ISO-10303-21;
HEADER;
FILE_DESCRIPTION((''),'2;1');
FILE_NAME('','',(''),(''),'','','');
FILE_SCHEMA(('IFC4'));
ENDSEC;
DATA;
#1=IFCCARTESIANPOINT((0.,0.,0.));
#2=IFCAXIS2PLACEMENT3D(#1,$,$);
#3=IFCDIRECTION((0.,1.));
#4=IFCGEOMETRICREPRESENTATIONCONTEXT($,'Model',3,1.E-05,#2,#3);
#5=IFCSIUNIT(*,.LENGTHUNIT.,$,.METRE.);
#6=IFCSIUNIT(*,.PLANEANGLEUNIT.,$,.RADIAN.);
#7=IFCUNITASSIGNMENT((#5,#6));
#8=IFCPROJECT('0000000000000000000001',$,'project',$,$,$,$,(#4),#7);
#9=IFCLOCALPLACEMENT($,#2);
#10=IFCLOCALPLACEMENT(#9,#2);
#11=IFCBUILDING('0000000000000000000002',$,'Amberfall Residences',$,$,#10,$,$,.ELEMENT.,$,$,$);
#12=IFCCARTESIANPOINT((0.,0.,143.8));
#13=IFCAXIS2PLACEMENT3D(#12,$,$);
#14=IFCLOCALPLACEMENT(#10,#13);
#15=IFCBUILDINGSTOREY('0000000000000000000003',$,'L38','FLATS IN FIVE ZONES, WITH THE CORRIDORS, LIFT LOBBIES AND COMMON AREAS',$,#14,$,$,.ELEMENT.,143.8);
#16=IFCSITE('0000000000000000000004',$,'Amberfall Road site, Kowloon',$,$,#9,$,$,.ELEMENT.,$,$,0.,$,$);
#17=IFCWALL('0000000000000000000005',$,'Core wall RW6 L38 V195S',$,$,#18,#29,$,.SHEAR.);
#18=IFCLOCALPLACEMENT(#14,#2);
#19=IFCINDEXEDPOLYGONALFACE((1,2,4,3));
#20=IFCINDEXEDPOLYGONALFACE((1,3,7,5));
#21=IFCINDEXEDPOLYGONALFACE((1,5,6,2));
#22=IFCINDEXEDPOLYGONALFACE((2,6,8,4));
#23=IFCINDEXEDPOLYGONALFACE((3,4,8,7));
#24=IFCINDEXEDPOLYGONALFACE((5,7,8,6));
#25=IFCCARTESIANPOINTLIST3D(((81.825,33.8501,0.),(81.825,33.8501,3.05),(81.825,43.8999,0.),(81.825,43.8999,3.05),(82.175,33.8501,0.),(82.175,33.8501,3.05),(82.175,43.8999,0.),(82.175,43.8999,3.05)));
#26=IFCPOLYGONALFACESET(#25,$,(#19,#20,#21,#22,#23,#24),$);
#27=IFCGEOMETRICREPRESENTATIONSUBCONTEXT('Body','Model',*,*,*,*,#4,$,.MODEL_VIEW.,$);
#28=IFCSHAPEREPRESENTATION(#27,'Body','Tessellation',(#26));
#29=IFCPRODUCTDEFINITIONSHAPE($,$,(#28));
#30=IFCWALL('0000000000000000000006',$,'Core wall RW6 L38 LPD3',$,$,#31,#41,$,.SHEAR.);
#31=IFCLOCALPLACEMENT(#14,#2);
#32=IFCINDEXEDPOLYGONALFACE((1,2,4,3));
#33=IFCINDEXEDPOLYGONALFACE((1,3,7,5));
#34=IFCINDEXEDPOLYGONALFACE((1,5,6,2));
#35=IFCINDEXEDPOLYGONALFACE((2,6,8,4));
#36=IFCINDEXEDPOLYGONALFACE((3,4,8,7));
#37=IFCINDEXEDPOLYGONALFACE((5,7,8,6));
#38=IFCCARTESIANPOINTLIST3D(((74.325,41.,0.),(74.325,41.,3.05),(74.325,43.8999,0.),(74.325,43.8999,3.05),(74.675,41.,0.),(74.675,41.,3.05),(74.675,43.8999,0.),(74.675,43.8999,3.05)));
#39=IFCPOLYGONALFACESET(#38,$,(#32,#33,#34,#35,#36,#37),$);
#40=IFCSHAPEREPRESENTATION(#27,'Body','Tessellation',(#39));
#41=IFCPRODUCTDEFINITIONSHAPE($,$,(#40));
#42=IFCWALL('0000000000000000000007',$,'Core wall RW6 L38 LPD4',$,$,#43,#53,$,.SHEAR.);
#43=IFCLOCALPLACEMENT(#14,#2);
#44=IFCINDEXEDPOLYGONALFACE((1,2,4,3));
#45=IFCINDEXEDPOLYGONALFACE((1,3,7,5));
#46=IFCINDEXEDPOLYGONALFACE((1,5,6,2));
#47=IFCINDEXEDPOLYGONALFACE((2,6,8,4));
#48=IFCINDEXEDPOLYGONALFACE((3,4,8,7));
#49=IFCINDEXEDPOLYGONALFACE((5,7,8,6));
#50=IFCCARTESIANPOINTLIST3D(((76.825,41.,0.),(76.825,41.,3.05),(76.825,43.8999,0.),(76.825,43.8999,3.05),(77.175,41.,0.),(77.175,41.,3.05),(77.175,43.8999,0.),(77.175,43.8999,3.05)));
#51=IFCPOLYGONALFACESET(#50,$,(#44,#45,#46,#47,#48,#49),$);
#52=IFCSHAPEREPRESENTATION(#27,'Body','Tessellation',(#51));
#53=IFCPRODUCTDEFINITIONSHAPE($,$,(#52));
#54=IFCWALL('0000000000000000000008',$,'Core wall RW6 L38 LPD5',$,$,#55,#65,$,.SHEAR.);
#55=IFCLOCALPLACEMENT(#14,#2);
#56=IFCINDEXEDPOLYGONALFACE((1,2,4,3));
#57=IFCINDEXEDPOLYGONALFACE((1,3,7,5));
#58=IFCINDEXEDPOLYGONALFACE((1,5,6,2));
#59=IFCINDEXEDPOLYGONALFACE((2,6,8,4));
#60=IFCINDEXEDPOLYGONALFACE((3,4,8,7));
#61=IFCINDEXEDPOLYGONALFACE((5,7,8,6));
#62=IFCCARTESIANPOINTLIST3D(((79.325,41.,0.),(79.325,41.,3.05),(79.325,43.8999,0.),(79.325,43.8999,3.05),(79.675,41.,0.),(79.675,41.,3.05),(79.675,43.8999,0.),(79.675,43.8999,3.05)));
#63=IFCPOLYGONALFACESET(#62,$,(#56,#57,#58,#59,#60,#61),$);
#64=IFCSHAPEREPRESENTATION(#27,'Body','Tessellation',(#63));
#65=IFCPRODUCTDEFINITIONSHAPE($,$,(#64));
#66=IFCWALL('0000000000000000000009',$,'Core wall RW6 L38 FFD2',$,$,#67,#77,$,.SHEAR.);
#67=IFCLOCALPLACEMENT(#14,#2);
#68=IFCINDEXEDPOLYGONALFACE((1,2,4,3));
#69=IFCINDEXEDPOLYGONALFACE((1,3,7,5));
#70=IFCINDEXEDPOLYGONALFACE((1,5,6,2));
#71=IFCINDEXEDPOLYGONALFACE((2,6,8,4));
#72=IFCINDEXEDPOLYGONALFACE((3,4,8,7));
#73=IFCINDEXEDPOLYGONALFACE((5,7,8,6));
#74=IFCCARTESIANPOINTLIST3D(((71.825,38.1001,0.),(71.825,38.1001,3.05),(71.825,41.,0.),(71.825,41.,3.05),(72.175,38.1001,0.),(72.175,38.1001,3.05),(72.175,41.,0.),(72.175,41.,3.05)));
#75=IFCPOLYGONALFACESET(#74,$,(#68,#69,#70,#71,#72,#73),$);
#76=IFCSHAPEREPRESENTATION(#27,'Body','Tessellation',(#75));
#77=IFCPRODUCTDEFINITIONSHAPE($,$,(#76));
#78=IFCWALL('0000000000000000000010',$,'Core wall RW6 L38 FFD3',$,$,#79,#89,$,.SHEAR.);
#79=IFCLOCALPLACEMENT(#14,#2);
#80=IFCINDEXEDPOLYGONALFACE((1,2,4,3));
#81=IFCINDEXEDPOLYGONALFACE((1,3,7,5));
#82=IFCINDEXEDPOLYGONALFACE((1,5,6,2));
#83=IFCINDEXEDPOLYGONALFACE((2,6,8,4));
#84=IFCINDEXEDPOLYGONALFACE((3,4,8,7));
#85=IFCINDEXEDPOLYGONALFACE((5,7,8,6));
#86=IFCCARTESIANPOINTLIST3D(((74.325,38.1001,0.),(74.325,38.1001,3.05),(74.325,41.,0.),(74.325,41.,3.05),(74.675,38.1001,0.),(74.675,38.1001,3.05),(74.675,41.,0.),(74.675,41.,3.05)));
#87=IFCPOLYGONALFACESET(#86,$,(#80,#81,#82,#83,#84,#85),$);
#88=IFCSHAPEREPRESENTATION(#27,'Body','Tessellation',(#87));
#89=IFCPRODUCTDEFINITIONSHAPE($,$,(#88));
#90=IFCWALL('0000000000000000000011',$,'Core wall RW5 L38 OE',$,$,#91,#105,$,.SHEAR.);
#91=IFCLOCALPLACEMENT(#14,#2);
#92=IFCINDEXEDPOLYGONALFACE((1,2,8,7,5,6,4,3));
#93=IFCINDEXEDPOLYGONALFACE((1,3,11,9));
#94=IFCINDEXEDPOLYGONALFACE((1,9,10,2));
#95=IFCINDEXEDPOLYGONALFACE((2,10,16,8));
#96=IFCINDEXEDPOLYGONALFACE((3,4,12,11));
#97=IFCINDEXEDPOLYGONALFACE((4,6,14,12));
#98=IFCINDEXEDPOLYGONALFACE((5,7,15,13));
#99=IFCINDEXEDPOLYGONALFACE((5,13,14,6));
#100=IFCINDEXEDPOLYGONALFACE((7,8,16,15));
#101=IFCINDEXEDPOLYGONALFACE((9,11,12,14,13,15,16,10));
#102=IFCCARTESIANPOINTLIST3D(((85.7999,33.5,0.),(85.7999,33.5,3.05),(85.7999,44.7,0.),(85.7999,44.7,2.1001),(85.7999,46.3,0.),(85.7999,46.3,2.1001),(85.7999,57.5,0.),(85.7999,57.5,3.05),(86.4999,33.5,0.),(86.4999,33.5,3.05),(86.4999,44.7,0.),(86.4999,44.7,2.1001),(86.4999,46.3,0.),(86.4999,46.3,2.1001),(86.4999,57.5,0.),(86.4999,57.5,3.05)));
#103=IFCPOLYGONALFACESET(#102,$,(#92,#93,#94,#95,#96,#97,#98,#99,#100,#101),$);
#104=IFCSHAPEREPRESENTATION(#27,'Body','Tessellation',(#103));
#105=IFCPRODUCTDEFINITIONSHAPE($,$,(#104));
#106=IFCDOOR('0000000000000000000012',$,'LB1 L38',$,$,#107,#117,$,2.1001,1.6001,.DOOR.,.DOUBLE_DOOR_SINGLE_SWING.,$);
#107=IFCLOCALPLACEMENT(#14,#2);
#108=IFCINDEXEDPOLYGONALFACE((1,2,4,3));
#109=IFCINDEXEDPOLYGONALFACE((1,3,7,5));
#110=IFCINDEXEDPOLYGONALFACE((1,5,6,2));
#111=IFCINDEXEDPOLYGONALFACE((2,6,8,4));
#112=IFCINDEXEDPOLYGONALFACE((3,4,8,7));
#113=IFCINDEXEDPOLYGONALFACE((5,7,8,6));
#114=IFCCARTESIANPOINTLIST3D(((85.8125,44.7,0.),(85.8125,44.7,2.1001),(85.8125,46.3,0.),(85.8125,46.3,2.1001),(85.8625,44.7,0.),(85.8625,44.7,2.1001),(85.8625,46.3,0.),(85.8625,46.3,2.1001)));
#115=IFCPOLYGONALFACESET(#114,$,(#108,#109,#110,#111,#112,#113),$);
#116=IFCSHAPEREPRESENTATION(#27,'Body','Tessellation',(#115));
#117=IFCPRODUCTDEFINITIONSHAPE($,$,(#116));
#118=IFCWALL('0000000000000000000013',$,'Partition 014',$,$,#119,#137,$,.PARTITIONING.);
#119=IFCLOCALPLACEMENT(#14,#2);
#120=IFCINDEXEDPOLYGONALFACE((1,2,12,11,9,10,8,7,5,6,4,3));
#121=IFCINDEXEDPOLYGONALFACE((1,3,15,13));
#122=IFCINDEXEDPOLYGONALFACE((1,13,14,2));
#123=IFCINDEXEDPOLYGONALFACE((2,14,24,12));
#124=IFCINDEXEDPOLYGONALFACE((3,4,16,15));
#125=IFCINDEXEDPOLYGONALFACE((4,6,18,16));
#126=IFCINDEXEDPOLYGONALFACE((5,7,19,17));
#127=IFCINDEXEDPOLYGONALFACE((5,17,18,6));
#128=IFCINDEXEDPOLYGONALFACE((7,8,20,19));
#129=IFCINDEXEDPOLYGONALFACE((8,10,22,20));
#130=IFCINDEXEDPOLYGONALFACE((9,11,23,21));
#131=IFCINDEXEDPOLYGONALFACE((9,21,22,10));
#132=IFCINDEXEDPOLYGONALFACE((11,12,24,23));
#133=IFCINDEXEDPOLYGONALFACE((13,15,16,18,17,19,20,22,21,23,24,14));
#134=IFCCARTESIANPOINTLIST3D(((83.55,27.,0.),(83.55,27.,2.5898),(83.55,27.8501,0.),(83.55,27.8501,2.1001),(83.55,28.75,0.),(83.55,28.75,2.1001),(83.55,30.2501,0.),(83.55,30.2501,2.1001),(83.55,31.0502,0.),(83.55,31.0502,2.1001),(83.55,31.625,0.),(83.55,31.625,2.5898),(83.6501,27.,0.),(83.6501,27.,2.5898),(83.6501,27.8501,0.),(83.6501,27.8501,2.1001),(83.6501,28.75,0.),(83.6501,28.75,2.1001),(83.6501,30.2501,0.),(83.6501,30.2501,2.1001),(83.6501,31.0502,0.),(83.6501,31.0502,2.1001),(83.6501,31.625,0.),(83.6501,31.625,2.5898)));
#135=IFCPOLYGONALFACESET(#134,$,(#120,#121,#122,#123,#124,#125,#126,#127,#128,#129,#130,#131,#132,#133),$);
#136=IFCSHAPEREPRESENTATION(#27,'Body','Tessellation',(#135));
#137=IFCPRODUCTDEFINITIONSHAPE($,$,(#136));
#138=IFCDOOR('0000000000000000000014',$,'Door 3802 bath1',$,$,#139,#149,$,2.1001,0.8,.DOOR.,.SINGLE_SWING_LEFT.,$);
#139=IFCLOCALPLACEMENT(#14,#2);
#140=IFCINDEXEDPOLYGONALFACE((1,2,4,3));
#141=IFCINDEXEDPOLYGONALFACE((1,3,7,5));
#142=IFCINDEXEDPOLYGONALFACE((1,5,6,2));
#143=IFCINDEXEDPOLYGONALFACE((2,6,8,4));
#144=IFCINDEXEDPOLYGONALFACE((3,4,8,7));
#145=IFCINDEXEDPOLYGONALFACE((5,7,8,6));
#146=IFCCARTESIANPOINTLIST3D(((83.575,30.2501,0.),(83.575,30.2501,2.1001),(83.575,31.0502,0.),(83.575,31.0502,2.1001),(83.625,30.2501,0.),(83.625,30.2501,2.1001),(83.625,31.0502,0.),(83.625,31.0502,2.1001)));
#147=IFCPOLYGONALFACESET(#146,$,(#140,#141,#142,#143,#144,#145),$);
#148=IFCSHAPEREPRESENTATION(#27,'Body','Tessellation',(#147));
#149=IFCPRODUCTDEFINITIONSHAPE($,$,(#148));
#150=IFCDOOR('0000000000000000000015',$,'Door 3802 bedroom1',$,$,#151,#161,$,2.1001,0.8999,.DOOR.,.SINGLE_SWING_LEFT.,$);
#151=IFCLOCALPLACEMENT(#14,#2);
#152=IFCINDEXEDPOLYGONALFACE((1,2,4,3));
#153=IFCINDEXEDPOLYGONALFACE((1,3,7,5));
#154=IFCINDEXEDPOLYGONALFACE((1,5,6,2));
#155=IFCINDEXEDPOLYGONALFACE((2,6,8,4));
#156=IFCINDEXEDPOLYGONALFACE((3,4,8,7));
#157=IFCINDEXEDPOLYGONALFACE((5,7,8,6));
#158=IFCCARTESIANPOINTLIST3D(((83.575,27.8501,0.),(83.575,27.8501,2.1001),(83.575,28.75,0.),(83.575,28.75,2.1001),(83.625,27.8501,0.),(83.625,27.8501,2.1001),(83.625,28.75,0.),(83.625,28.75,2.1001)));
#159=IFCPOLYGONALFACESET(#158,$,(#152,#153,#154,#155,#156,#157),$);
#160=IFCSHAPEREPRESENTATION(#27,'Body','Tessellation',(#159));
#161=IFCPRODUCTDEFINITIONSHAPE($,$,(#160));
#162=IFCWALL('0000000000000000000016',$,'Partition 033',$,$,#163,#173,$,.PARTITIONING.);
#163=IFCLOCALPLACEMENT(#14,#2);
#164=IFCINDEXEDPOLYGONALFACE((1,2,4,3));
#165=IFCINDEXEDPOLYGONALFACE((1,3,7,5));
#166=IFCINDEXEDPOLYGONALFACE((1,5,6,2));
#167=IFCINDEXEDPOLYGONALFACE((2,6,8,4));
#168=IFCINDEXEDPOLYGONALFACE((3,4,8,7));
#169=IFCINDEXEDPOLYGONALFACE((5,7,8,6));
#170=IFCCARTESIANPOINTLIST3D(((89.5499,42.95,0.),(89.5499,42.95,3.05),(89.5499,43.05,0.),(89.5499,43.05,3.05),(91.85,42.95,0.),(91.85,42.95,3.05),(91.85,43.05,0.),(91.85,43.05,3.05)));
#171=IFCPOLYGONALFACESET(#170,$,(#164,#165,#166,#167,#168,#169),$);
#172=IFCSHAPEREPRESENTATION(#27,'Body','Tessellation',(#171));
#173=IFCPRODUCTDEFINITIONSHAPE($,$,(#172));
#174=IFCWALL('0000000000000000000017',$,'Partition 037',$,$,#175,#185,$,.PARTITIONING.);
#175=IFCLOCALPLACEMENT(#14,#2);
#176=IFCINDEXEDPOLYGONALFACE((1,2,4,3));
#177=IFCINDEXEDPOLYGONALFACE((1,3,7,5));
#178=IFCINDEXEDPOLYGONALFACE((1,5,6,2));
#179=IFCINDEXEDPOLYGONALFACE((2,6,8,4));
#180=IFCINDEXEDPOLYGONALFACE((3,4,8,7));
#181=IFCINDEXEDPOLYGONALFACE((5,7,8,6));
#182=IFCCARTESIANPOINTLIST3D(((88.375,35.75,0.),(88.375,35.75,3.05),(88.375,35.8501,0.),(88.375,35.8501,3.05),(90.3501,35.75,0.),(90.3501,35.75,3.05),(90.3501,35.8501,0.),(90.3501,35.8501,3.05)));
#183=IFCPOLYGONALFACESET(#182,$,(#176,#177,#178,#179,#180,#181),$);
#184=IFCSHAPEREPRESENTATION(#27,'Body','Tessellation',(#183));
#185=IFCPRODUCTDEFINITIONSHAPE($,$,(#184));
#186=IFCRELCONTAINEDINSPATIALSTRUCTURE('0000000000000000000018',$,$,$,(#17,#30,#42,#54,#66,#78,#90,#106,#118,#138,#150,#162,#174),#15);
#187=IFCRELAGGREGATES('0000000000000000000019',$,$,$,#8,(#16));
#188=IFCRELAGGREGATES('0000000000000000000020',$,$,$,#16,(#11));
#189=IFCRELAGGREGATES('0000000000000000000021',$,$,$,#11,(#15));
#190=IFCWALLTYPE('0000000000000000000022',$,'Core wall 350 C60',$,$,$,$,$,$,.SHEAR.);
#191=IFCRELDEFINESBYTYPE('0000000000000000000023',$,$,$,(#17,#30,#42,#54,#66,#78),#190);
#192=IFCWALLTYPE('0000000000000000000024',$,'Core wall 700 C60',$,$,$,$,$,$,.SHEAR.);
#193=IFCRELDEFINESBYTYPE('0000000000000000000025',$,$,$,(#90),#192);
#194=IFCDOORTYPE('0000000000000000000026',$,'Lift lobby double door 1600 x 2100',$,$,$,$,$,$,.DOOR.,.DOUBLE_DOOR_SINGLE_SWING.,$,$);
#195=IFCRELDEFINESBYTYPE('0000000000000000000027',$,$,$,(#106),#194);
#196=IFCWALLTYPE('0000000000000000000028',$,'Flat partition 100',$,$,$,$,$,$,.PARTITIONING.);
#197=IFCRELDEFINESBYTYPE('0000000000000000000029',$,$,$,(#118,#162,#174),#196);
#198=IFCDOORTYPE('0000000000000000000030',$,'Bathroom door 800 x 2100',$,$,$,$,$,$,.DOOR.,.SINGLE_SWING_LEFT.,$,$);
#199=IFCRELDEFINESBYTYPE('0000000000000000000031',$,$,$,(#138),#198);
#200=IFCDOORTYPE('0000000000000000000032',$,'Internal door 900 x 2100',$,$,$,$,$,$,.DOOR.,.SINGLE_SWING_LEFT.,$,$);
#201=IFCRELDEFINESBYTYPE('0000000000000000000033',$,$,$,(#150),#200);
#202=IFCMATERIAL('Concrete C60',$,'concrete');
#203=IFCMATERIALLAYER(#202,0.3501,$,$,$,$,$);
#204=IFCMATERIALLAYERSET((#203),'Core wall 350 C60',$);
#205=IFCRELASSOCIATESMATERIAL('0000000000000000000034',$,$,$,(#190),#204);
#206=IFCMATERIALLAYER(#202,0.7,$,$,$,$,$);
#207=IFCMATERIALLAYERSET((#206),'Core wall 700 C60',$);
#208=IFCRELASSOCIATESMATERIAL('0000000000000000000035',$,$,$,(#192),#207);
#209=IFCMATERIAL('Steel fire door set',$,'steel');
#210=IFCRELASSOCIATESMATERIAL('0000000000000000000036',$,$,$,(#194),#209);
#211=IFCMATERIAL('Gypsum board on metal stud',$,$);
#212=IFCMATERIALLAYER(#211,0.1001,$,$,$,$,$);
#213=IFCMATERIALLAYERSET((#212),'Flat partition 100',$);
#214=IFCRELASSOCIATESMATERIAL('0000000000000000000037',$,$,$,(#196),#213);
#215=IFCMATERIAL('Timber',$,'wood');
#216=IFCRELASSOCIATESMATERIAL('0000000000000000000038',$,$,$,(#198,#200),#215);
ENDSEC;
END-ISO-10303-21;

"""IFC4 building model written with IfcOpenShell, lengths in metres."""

from ifc_helpers import new_model, si_unit, direction, frame, frame_2d, origin, place, context, subcontext, project, spatial, rectangle, extrude, material, layer, layer_set, type_object, element, fill, save


model = new_model("IFC4")

# Units and contexts
model_context = context("Model", 3, precision=1e-05, world=origin(), true_north=direction((0.0, 1.0)))
body_context = subcontext(model_context, "Body", "Model", "MODEL_VIEW")
ifc_project = project(units=[si_unit("LENGTHUNIT", "METRE"), si_unit("PLANEANGLEUNIT", "RADIAN")], contexts=[model_context])

# Site, building, storey
site_placement = place(None, origin())
site = spatial("IfcSite", under=ifc_project, at=site_placement, Name="Amberfall Road site, Kowloon", CompositionType="ELEMENT", RefElevation=0.0)
building_placement = place(site_placement, origin())
building = spatial("IfcBuilding", under=site, at=building_placement, Name="Amberfall Residences", CompositionType="ELEMENT")
storey_placement = place(building_placement, frame((0.0, 0.0, 143.8)))
storey = spatial("IfcBuildingStorey", under=building, at=storey_placement, Name="L38", Description="FLATS IN FIVE ZONES, WITH THE CORRIDORS, LIFT LOBBIES AND COMMON AREAS", CompositionType="ELEMENT", Elevation=143.8)

# Walls
ifc_material_1 = material(Name="Concrete C60", Category="concrete")
ifc_layer_1 = layer(ifc_material_1, 0.3501)
ifc_layer_set_1 = layer_set([ifc_layer_1], Name="Core wall 350 C60")
wall_type_1 = type_object("IfcWallType", Name="Core wall 350 C60", PredefinedType="SHEAR", material=ifc_layer_set_1)
wall_1_placement = place(storey_placement, frame((82.0, 33.8501, 0.0), z_axis=(0.0, 0.0, 1.0), x_axis=(0.0, 1.0, 0.0)))
element("IfcWall", 1, at=wall_1_placement, inside=storey, type_object=wall_type_1, Name="Core wall RW6 L38 V195S", PredefinedType="SHEAR", context=body_context, shape_type="SweptSolid", body=[
    extrude(rectangle(XDim=10.0498, YDim=0.3501, at=frame_2d((5.0249, 0.0))), origin(), (0.0, 0.0, 1.0), 3.05),
])
for number, where, z_axis, x_axis, name in (
    (2, (74.5, 41.0, 0.0), (0.0, 0.0, 1.0), (0.0, 1.0, 0.0), "Core wall RW6 L38 LPD3"),
    (3, (77.0, 41.0, 0.0), (0.0, 0.0, 1.0), (0.0, 1.0, 0.0), "Core wall RW6 L38 LPD4"),
    (4, (79.5, 41.0, 0.0), (0.0, 0.0, 1.0), (0.0, 1.0, 0.0), "Core wall RW6 L38 LPD5"),
    (5, (72.0, 38.1001, 0.0), (0.0, 0.0, 1.0), (0.0, 1.0, 0.0), "Core wall RW6 L38 FFD2"),
    (6, (74.5, 38.1001, 0.0), (0.0, 0.0, 1.0), (0.0, 1.0, 0.0), "Core wall RW6 L38 FFD3"),
):
    element("IfcWall", number, at=place(storey_placement, frame(where, z_axis=z_axis, x_axis=x_axis)), inside=storey, type_object=wall_type_1, Name=name, PredefinedType="SHEAR", context=body_context, shape_type="SweptSolid", body=[
        extrude(rectangle(XDim=2.8999, YDim=0.3501, at=frame_2d((1.45, 0.0))), origin(), (0.0, 0.0, 1.0), 3.05),
    ])

# Wall, opening, door
ifc_layer_2 = layer(ifc_material_1, 0.7)
ifc_layer_set_2 = layer_set([ifc_layer_2], Name="Core wall 700 C60")
wall_type_2 = type_object("IfcWallType", Name="Core wall 700 C60", PredefinedType="SHEAR", material=ifc_layer_set_2)
wall_2_placement = place(storey_placement, frame((86.1499, 33.5, 0.0), z_axis=(0.0, 0.0, 1.0), x_axis=(0.0, 1.0, 0.0)))
wall_2 = element("IfcWall", 7, at=wall_2_placement, inside=storey, type_object=wall_type_2, Name="Core wall RW5 L38 OE", PredefinedType="SHEAR", context=body_context, shape_type="SweptSolid", body=[
    extrude(rectangle(XDim=24.0, YDim=0.7, at=frame_2d((12.0, 0.0))), origin(), (0.0, 0.0, 1.0), 3.05),
])
opening_1_placement = place(wall_2_placement, frame((11.2, 0.0, 0.0)))
opening_1 = element("IfcOpeningElement", 8, at=opening_1_placement, cuts=wall_2, PredefinedType="OPENING", context=body_context, shape_type="SweptSolid", body=[
    extrude(rectangle(XDim=1.6001, YDim=2.1001, at=frame_2d((0.8, 1.05))), frame((0.0, 0.3599, 0.0), z_axis=(0.0, -1.0, 0.0), x_axis=(1.0, 0.0, 0.0)), (0.0, 0.0, 1.0), 0.72),
])
ifc_material_2 = material(Name="Steel fire door set", Category="steel")
door_type_1 = type_object("IfcDoorType", Name="Lift lobby double door 1600 x 2100", OperationType="DOUBLE_DOOR_SINGLE_SWING", PredefinedType="DOOR", material=ifc_material_2)
door_1_placement = place(opening_1_placement, origin())
door_1 = element("IfcDoor", 9, at=door_1_placement, inside=storey, type_object=door_type_1, Name="LB1 L38", OperationType="DOUBLE_DOOR_SINGLE_SWING", OverallHeight=2.1001, OverallWidth=1.6001, PredefinedType="DOOR", context=body_context, shape_type="SweptSolid", body=[
    extrude(rectangle(XDim=1.6001, YDim=2.1001, at=frame_2d((0.8, 1.05))), frame((0.0, 0.3374, 0.0), z_axis=(0.0, -1.0, 0.0), x_axis=(1.0, 0.0, 0.0)), (0.0, 0.0, 1.0), 0.05),
])
fill(opening_1, door_1)

# Wall, openings, doors
ifc_material_3 = material(Name="Gypsum board on metal stud")
ifc_layer_3 = layer(ifc_material_3, 0.1001)
ifc_layer_set_3 = layer_set([ifc_layer_3], Name="Flat partition 100")
wall_type_3 = type_object("IfcWallType", Name="Flat partition 100", PredefinedType="PARTITIONING", material=ifc_layer_set_3)
wall_3_placement = place(storey_placement, frame((83.6001, 31.625, 0.0), z_axis=(0.0, 0.0, 1.0), x_axis=(0.0, -1.0, 0.0)))
wall_3 = element("IfcWall", 10, at=wall_3_placement, inside=storey, type_object=wall_type_3, Name="Partition 014", PredefinedType="PARTITIONING", context=body_context, shape_type="SweptSolid", body=[
    extrude(rectangle(XDim=4.625, YDim=0.1001, at=frame_2d((2.3125, 0.0))), origin(), (0.0, 0.0, 1.0), 2.5898),
])
opening_2_placement = place(wall_3_placement, frame((2.875, 0.0, 0.0)))
opening_2 = element("IfcOpeningElement", 11, at=opening_2_placement, cuts=wall_3, PredefinedType="OPENING", context=body_context, shape_type="SweptSolid", body=[
    extrude(rectangle(XDim=0.8999, YDim=2.1001, at=frame_2d((0.45, 1.05))), frame((0.0, 0.0601, 0.0), z_axis=(0.0, -1.0, 0.0), x_axis=(1.0, 0.0, 0.0)), (0.0, 0.0, 1.0), 0.1201),
])
opening_3_placement = place(wall_3_placement, frame((0.575, 0.0, 0.0)))
opening_3 = element("IfcOpeningElement", 12, at=opening_3_placement, cuts=wall_3, PredefinedType="OPENING", context=body_context, shape_type="SweptSolid", body=[
    extrude(rectangle(XDim=0.8, YDim=2.1001, at=frame_2d((0.3999, 1.05))), frame((0.0, 0.0601, 0.0), z_axis=(0.0, -1.0, 0.0), x_axis=(1.0, 0.0, 0.0)), (0.0, 0.0, 1.0), 0.1201),
])
ifc_material_4 = material(Name="Timber", Category="wood")
door_type_2 = type_object("IfcDoorType", Name="Bathroom door 800 x 2100", OperationType="SINGLE_SWING_LEFT", PredefinedType="DOOR", material=ifc_material_4)
door_2_placement = place(opening_3_placement, origin())
door_2 = element("IfcDoor", 13, at=door_2_placement, inside=storey, type_object=door_type_2, Name="Door 3802 bath1", OperationType="SINGLE_SWING_LEFT", OverallHeight=2.1001, OverallWidth=0.8, PredefinedType="DOOR", context=body_context, shape_type="SweptSolid", body=[
    extrude(rectangle(XDim=0.8, YDim=2.1001, at=frame_2d((0.3999, 1.05))), frame((0.0, 0.0249, 0.0), z_axis=(0.0, -1.0, 0.0), x_axis=(1.0, 0.0, 0.0)), (0.0, 0.0, 1.0), 0.05),
])
fill(opening_3, door_2)
door_type_3 = type_object("IfcDoorType", Name="Internal door 900 x 2100", OperationType="SINGLE_SWING_LEFT", PredefinedType="DOOR", material=ifc_material_4)
door_3_placement = place(opening_2_placement, origin())
door_3 = element("IfcDoor", 14, at=door_3_placement, inside=storey, type_object=door_type_3, Name="Door 3802 bedroom1", OperationType="SINGLE_SWING_LEFT", OverallHeight=2.1001, OverallWidth=0.8999, PredefinedType="DOOR", context=body_context, shape_type="SweptSolid", body=[
    extrude(rectangle(XDim=0.8999, YDim=2.1001, at=frame_2d((0.45, 1.05))), frame((0.0, 0.0249, 0.0), z_axis=(0.0, -1.0, 0.0), x_axis=(1.0, 0.0, 0.0)), (0.0, 0.0, 1.0), 0.05),
])
fill(opening_2, door_3)

# Walls
wall_4_placement = place(storey_placement, frame((89.55, 43.0, 0.0), z_axis=(0.0, 0.0, 1.0), x_axis=(1.0, 0.0, 0.0)))
element("IfcWall", 15, at=wall_4_placement, inside=storey, type_object=wall_type_3, Name="Partition 033", PredefinedType="PARTITIONING", context=body_context, shape_type="SweptSolid", body=[
    extrude(rectangle(XDim=2.3, YDim=0.1001, at=frame_2d((1.1499, 0.0))), origin(), (0.0, 0.0, 1.0), 3.05),
])
wall_5_placement = place(storey_placement, frame((88.375, 35.8, 0.0), z_axis=(0.0, 0.0, 1.0), x_axis=(1.0, 0.0, 0.0)))
element("IfcWall", 16, at=wall_5_placement, inside=storey, type_object=wall_type_3, Name="Partition 037", PredefinedType="PARTITIONING", context=body_context, shape_type="SweptSolid", body=[
    extrude(rectangle(XDim=1.9751, YDim=0.1001, at=frame_2d((0.9875, 0.0))), origin(), (0.0, 0.0, 1.0), 3.05),
])

save(model, "model.ifc")
